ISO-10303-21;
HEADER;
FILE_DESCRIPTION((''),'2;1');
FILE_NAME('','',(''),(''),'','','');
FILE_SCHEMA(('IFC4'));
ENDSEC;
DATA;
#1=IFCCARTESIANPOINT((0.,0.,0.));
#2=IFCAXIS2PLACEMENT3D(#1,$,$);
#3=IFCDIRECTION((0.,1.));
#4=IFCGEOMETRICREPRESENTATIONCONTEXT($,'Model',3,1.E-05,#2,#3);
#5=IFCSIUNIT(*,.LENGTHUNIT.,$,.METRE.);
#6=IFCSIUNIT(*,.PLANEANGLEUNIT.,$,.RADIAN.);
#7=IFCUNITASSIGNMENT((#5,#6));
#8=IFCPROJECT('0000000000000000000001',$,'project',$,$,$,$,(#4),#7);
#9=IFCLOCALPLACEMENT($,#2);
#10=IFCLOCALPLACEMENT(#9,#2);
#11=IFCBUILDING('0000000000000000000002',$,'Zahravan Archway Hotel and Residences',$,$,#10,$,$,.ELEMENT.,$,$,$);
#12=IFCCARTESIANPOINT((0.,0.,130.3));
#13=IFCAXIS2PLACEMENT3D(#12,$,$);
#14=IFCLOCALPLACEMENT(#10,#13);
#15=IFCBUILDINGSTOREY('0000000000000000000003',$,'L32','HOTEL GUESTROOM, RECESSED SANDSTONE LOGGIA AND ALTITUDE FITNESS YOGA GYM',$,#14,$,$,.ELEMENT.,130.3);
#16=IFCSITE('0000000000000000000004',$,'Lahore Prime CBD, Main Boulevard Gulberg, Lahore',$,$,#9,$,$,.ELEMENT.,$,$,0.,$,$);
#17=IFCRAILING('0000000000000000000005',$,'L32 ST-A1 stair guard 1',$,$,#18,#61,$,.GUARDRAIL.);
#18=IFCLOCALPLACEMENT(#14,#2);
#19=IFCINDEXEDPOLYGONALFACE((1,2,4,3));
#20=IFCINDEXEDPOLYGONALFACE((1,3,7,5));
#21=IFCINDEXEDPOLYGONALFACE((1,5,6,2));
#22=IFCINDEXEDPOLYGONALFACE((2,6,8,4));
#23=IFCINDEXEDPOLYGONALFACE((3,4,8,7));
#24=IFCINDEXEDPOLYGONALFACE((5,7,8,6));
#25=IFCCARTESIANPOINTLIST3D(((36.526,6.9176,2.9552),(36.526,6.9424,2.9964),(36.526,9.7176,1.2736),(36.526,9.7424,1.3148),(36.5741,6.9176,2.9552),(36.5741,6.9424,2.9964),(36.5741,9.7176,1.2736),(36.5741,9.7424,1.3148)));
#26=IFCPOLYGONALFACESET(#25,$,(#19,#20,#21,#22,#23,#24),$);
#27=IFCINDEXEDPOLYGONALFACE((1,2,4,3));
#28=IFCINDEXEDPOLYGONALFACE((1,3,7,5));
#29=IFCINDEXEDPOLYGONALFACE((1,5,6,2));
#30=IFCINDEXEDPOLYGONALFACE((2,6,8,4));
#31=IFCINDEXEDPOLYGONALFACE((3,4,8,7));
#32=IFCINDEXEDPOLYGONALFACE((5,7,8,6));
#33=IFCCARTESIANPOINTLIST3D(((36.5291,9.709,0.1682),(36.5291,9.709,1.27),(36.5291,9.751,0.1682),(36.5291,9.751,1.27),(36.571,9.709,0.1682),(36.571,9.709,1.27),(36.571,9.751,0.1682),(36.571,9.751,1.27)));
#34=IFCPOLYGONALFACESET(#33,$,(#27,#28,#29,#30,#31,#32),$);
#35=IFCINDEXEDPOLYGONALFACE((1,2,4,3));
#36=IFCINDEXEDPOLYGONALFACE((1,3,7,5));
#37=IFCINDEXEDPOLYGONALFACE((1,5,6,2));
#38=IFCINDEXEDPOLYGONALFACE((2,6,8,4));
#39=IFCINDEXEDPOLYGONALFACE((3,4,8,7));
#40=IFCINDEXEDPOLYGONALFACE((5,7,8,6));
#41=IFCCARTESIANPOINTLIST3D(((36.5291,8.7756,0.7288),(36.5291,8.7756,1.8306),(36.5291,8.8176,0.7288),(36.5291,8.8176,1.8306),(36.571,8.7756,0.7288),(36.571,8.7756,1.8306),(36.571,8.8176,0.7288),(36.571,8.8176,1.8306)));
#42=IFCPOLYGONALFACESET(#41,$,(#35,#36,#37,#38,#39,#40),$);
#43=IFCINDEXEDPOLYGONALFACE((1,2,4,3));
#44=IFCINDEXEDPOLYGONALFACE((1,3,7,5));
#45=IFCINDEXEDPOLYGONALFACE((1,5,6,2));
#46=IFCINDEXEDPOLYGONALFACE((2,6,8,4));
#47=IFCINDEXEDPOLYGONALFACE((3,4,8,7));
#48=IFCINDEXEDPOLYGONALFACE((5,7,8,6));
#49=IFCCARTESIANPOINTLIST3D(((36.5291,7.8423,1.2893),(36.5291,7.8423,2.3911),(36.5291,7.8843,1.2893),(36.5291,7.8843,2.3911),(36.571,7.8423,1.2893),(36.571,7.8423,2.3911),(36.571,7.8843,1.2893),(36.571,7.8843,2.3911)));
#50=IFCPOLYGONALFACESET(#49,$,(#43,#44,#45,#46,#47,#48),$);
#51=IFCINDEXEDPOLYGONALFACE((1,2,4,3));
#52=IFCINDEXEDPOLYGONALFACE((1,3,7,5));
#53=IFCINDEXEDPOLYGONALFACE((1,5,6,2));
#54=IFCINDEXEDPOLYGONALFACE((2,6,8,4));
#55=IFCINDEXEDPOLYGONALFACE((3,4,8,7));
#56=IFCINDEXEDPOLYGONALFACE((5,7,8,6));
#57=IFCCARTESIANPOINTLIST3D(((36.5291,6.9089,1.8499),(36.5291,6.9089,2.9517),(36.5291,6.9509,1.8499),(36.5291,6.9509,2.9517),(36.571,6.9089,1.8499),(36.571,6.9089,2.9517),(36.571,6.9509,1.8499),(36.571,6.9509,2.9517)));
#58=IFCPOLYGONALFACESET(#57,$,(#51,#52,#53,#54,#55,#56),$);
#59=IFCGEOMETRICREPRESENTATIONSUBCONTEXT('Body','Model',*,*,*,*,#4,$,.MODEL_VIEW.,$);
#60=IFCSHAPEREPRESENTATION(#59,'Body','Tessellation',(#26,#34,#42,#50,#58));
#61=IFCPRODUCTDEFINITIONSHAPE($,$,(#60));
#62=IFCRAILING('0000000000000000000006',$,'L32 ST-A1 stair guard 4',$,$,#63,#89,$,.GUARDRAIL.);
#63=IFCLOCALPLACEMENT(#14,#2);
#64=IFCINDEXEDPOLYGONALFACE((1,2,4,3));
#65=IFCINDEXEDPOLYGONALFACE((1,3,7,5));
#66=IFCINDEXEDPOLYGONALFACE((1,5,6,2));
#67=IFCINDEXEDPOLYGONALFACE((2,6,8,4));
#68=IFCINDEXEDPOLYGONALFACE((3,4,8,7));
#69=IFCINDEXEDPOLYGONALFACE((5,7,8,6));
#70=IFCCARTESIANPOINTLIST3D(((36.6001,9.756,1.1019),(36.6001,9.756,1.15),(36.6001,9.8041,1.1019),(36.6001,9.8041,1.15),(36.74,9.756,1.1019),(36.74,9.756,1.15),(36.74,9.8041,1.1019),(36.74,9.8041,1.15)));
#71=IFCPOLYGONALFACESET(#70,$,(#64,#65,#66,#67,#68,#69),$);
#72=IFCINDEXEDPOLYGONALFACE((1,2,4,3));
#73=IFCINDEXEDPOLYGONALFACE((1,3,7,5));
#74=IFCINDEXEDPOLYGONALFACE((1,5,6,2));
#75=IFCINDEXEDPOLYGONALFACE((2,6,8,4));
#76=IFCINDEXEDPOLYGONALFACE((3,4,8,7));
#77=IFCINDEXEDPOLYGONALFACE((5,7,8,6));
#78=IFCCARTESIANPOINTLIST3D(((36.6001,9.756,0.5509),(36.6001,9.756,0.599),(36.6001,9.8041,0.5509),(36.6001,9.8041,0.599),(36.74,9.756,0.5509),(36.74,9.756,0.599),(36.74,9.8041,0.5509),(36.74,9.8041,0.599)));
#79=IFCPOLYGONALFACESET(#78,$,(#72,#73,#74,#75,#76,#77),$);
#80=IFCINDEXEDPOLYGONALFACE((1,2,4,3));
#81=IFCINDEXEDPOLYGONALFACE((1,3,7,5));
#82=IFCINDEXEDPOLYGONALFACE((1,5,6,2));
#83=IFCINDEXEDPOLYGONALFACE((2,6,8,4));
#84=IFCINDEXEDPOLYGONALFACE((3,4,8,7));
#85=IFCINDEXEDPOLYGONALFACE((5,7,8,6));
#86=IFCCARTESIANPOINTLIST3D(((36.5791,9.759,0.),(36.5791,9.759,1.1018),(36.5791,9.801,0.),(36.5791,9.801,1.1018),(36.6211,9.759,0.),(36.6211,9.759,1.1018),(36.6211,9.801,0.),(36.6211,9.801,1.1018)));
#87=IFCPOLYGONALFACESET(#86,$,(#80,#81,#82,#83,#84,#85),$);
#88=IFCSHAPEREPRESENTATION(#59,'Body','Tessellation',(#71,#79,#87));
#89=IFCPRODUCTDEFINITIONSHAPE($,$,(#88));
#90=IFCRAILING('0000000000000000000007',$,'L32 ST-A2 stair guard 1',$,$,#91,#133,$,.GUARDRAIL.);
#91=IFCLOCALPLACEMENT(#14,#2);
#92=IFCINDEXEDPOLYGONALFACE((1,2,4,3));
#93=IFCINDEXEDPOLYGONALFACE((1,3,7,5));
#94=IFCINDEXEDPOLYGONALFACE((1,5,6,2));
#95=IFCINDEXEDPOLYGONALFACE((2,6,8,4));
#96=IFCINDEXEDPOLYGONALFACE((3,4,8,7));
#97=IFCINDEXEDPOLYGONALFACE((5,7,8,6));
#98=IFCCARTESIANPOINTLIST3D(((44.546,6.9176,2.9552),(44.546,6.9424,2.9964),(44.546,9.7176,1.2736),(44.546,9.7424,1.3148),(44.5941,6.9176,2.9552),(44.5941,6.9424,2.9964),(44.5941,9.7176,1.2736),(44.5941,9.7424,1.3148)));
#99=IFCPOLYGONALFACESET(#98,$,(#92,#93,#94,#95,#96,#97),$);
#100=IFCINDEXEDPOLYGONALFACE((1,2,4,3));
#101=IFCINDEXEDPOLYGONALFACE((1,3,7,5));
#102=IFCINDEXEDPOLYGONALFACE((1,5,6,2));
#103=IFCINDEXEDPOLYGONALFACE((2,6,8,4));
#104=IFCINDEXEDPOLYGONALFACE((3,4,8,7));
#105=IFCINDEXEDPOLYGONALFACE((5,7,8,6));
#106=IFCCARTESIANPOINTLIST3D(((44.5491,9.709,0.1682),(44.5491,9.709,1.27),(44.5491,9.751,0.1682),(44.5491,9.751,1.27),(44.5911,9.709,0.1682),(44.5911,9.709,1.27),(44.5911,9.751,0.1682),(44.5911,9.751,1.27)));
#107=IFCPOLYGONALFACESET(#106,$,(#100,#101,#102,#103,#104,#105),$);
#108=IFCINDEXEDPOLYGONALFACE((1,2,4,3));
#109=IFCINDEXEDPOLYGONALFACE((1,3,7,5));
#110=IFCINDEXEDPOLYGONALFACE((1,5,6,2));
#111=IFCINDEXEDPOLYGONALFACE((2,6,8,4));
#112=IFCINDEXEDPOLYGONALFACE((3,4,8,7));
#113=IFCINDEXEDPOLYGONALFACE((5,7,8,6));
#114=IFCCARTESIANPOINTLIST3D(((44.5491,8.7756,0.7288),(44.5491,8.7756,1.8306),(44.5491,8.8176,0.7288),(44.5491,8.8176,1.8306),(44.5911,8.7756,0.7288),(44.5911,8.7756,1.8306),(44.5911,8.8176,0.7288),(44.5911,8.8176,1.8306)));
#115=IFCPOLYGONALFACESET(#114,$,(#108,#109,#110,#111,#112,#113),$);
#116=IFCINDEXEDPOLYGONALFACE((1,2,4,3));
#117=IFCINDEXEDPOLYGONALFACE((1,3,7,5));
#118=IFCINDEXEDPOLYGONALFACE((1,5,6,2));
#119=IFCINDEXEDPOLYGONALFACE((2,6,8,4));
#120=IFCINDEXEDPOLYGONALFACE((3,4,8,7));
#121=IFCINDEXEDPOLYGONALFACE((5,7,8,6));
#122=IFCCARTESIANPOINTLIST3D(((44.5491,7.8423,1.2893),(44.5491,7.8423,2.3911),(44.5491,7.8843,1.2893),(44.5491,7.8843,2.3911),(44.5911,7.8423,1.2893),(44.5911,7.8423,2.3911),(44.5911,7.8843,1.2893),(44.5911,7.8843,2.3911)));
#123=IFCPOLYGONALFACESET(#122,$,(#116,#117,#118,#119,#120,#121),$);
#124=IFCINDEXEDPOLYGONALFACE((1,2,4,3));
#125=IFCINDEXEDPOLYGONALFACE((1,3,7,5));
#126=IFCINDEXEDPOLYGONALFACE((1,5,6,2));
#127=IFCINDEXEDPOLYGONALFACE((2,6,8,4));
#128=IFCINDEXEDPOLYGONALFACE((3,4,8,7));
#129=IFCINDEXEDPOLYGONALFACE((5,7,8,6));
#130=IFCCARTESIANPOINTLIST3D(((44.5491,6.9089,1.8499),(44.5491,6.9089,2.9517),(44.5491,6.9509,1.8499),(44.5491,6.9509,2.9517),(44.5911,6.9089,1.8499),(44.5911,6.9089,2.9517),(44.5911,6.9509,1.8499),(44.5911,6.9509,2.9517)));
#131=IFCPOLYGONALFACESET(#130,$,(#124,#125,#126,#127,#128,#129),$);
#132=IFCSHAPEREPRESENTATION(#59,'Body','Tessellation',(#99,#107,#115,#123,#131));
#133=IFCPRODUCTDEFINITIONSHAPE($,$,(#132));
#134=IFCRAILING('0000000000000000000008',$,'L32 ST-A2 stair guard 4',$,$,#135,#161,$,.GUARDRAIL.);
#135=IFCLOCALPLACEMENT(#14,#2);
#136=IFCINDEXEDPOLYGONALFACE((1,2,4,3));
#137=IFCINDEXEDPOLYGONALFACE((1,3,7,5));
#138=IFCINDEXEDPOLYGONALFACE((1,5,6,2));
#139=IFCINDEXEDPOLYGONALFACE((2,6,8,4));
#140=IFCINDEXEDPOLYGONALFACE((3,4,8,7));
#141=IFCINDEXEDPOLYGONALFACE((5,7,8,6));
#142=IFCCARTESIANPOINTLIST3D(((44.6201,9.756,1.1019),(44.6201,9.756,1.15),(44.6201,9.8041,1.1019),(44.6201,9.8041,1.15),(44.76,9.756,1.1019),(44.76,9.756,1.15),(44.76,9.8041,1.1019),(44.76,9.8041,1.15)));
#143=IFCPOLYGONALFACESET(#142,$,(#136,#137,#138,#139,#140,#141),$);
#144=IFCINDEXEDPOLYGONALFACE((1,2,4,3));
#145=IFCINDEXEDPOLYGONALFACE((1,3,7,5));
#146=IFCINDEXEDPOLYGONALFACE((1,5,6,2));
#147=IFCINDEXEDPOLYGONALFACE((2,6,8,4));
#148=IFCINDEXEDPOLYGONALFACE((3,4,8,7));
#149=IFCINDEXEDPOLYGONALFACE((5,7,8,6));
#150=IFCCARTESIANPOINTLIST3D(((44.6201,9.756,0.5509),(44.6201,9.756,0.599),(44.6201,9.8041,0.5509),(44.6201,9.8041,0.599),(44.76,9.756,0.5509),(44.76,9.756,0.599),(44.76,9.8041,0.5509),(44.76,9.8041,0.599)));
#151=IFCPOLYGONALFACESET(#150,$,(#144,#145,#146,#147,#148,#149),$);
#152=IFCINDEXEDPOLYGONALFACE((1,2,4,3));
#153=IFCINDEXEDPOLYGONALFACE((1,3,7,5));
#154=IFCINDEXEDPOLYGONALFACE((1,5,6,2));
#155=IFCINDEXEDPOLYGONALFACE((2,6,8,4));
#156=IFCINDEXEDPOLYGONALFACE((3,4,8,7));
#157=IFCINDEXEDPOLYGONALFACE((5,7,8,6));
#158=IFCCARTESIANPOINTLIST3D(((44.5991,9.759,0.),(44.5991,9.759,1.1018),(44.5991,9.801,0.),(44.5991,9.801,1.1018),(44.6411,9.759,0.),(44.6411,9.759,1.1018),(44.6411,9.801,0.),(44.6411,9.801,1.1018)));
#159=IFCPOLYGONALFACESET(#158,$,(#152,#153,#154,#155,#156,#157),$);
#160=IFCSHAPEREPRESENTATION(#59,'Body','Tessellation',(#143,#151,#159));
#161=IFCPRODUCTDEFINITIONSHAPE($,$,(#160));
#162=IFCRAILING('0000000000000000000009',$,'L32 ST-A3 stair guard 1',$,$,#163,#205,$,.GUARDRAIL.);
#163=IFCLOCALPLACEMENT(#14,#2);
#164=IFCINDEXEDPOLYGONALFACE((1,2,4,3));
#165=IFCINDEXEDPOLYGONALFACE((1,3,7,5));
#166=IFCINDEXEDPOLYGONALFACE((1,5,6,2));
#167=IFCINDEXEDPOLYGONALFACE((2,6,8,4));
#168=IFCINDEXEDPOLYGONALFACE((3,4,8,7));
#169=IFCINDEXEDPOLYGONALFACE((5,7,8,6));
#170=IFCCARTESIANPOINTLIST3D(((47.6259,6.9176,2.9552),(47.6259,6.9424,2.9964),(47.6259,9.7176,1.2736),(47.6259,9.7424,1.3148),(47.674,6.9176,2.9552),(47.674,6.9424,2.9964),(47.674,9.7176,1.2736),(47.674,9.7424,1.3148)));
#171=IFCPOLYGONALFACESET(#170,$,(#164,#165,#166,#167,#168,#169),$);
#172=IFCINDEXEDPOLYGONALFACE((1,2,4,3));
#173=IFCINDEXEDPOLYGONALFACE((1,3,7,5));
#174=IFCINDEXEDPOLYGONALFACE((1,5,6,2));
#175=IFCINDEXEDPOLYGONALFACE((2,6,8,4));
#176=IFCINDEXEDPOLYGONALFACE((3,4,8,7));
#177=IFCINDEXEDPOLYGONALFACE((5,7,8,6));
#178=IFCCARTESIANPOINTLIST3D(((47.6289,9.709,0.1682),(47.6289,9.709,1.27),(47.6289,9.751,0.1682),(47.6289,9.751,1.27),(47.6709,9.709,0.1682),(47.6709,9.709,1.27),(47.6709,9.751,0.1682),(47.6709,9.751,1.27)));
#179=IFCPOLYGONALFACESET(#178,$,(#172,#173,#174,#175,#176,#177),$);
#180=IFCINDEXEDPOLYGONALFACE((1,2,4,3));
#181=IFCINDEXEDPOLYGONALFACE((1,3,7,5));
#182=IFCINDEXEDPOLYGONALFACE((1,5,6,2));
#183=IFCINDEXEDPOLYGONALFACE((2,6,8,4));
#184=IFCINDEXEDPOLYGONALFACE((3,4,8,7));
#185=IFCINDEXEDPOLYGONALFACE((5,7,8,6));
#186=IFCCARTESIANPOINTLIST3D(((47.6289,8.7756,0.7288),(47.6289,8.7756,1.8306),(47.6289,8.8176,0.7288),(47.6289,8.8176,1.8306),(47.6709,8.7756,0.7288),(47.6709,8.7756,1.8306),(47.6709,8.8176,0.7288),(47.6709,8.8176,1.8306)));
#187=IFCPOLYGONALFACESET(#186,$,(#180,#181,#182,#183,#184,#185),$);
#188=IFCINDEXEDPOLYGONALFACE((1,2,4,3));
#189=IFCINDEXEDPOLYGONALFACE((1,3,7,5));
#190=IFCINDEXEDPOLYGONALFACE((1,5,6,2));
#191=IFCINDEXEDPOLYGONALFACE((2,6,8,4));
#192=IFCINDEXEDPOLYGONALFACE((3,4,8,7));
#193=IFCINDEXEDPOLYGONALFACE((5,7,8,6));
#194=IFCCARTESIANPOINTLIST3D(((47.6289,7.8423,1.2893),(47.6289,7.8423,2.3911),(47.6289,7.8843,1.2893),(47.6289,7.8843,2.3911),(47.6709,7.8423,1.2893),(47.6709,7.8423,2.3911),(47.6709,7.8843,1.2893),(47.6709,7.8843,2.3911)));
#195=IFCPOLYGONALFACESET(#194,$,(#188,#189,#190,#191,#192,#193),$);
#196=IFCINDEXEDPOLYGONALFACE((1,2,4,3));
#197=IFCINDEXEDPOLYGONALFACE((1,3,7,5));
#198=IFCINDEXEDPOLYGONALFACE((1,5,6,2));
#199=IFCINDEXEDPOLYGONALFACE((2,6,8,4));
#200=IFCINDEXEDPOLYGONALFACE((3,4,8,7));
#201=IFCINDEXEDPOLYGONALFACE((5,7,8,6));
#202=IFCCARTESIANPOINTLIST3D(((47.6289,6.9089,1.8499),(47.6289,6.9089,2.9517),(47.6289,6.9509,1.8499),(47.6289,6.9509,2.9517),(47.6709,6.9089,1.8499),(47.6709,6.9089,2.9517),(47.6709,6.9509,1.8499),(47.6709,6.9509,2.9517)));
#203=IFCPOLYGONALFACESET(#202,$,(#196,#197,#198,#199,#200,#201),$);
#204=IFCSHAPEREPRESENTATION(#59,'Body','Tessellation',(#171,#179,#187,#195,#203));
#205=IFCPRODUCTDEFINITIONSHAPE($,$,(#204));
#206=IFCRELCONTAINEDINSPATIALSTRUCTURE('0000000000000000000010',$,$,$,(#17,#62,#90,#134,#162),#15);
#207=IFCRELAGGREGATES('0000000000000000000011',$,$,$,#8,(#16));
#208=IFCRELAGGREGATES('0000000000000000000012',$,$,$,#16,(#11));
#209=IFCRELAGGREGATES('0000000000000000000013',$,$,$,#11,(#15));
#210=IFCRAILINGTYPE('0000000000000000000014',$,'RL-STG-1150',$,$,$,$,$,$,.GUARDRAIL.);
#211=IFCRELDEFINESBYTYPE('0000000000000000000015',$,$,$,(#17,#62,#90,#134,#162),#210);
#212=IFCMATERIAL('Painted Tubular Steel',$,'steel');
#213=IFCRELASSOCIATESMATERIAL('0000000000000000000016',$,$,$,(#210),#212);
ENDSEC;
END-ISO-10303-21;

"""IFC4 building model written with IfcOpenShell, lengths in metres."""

from ifc_helpers import new_model, si_unit, direction, frame, origin, origin_2d, place, context, subcontext, project, spatial, rectangle, extrude, material, type_object, element, save


model = new_model("IFC4")

# Units and contexts
model_context = context("Model", 3, precision=1e-05, world=origin(), true_north=direction((0.0, 1.0)))
body_context = subcontext(model_context, "Body", "Model", "MODEL_VIEW")
ifc_project = project(units=[si_unit("LENGTHUNIT", "METRE"), si_unit("PLANEANGLEUNIT", "RADIAN")], contexts=[model_context])

# Site, building, storey
site_placement = place(None, origin())
site = spatial("IfcSite", under=ifc_project, at=site_placement, Name="Lahore Prime CBD, Main Boulevard Gulberg, Lahore", CompositionType="ELEMENT", RefElevation=0.0)
building_placement = place(site_placement, origin())
building = spatial("IfcBuilding", under=site, at=building_placement, Name="Zahravan Archway Hotel and Residences", CompositionType="ELEMENT")
storey_placement = place(building_placement, frame((0.0, 0.0, 130.3)))
storey = spatial("IfcBuildingStorey", under=building, at=storey_placement, Name="L32", Description="HOTEL GUESTROOM, RECESSED SANDSTONE LOGGIA AND ALTITUDE FITNESS YOGA GYM", CompositionType="ELEMENT", Elevation=130.3)

# Railings
ifc_material_1 = material(Name="Painted Tubular Steel", Category="steel")
railing_type_1 = type_object("IfcRailingType", Name="RL-STG-1150", PredefinedType="GUARDRAIL", material=ifc_material_1)
railing_1_placement = place(storey_placement, frame((36.55, 9.73, 0.1682)))
element("IfcRailing", 1, at=railing_1_placement, inside=storey, type_object=railing_type_1, Name="L32 ST-A1 stair guard 1", PredefinedType="GUARDRAIL", context=body_context, shape_type="SweptSolid", body=[
    extrude(rectangle(XDim=0.0481, YDim=0.0481, at=origin_2d()), frame((0.0, 0.0, 1.126), z_axis=(0.0, -0.857275, 0.514858), x_axis=(1.0, 0.0, 0.0)), (0.0, 0.0, 1.0), 3.2661),
    extrude(rectangle(XDim=0.042, YDim=0.042, at=origin_2d()), origin(), (0.0, 0.0, 1.0), 1.1018),
    extrude(rectangle(XDim=0.042, YDim=0.042, at=origin_2d()), frame((0.0, -0.9333, 0.5605)), (0.0, 0.0, 1.0), 1.1018),
    extrude(rectangle(XDim=0.042, YDim=0.042, at=origin_2d()), frame((0.0, -1.8667, 1.1211)), (0.0, 0.0, 1.0), 1.1018),
    extrude(rectangle(XDim=0.042, YDim=0.042, at=origin_2d()), frame((0.0, -2.8, 1.6816)), (0.0, 0.0, 1.0), 1.1018),
])
railing_2_placement = place(storey_placement, frame((36.6001, 9.78, 0.0)))
element("IfcRailing", 2, at=railing_2_placement, inside=storey, type_object=railing_type_1, Name="L32 ST-A1 stair guard 4", PredefinedType="GUARDRAIL", context=body_context, shape_type="SweptSolid", body=[
    extrude(rectangle(XDim=0.0481, YDim=0.0481, at=origin_2d()), frame((0.0, 0.0, 1.126), z_axis=(1.0, 0.0, 0.0), x_axis=(0.0, 1.0, 0.0)), (0.0, 0.0, 1.0), 0.1399),
    extrude(rectangle(XDim=0.0481, YDim=0.0481, at=origin_2d()), frame((0.0, 0.0, 0.575), z_axis=(1.0, 0.0, 0.0), x_axis=(0.0, 1.0, 0.0)), (0.0, 0.0, 1.0), 0.1399),
    extrude(rectangle(XDim=0.042, YDim=0.042, at=origin_2d()), origin(), (0.0, 0.0, 1.0), 1.1018),
])
railing_3_placement = place(storey_placement, frame((44.5701, 9.73, 0.1682)))
element("IfcRailing", 3, at=railing_3_placement, inside=storey, type_object=railing_type_1, Name="L32 ST-A2 stair guard 1", PredefinedType="GUARDRAIL", context=body_context, shape_type="SweptSolid", body=[
    extrude(rectangle(XDim=0.0481, YDim=0.0481, at=origin_2d()), frame((0.0, 0.0, 1.126), z_axis=(0.0, -0.857275, 0.514858), x_axis=(1.0, 0.0, 0.0)), (0.0, 0.0, 1.0), 3.2661),
    extrude(rectangle(XDim=0.042, YDim=0.042, at=origin_2d()), origin(), (0.0, 0.0, 1.0), 1.1018),
    extrude(rectangle(XDim=0.042, YDim=0.042, at=origin_2d()), frame((0.0, -0.9333, 0.5605)), (0.0, 0.0, 1.0), 1.1018),
    extrude(rectangle(XDim=0.042, YDim=0.042, at=origin_2d()), frame((0.0, -1.8667, 1.1211)), (0.0, 0.0, 1.0), 1.1018),
    extrude(rectangle(XDim=0.042, YDim=0.042, at=origin_2d()), frame((0.0, -2.8, 1.6816)), (0.0, 0.0, 1.0), 1.1018),
])
railing_4_placement = place(storey_placement, frame((44.6201, 9.78, 0.0)))
element("IfcRailing", 4, at=railing_4_placement, inside=storey, type_object=railing_type_1, Name="L32 ST-A2 stair guard 4", PredefinedType="GUARDRAIL", context=body_context, shape_type="SweptSolid", body=[
    extrude(rectangle(XDim=0.0481, YDim=0.0481, at=origin_2d()), frame((0.0, 0.0, 1.126), z_axis=(1.0, 0.0, 0.0), x_axis=(0.0, 1.0, 0.0)), (0.0, 0.0, 1.0), 0.1399),
    extrude(rectangle(XDim=0.0481, YDim=0.0481, at=origin_2d()), frame((0.0, 0.0, 0.575), z_axis=(1.0, 0.0, 0.0), x_axis=(0.0, 1.0, 0.0)), (0.0, 0.0, 1.0), 0.1399),
    extrude(rectangle(XDim=0.042, YDim=0.042, at=origin_2d()), origin(), (0.0, 0.0, 1.0), 1.1018),
])
railing_5_placement = place(storey_placement, frame((47.6499, 9.73, 0.1682)))
element("IfcRailing", 5, at=railing_5_placement, inside=storey, type_object=railing_type_1, Name="L32 ST-A3 stair guard 1", PredefinedType="GUARDRAIL", context=body_context, shape_type="SweptSolid", body=[
    extrude(rectangle(XDim=0.0481, YDim=0.0481, at=origin_2d()), frame((0.0, 0.0, 1.126), z_axis=(0.0, -0.857275, 0.514858), x_axis=(1.0, 0.0, 0.0)), (0.0, 0.0, 1.0), 3.2661),
    extrude(rectangle(XDim=0.042, YDim=0.042, at=origin_2d()), origin(), (0.0, 0.0, 1.0), 1.1018),
    extrude(rectangle(XDim=0.042, YDim=0.042, at=origin_2d()), frame((0.0, -0.9333, 0.5605)), (0.0, 0.0, 1.0), 1.1018),
    extrude(rectangle(XDim=0.042, YDim=0.042, at=origin_2d()), frame((0.0, -1.8667, 1.1211)), (0.0, 0.0, 1.0), 1.1018),
    extrude(rectangle(XDim=0.042, YDim=0.042, at=origin_2d()), frame((0.0, -2.8, 1.6816)), (0.0, 0.0, 1.0), 1.1018),
])

save(model, "model.ifc")
